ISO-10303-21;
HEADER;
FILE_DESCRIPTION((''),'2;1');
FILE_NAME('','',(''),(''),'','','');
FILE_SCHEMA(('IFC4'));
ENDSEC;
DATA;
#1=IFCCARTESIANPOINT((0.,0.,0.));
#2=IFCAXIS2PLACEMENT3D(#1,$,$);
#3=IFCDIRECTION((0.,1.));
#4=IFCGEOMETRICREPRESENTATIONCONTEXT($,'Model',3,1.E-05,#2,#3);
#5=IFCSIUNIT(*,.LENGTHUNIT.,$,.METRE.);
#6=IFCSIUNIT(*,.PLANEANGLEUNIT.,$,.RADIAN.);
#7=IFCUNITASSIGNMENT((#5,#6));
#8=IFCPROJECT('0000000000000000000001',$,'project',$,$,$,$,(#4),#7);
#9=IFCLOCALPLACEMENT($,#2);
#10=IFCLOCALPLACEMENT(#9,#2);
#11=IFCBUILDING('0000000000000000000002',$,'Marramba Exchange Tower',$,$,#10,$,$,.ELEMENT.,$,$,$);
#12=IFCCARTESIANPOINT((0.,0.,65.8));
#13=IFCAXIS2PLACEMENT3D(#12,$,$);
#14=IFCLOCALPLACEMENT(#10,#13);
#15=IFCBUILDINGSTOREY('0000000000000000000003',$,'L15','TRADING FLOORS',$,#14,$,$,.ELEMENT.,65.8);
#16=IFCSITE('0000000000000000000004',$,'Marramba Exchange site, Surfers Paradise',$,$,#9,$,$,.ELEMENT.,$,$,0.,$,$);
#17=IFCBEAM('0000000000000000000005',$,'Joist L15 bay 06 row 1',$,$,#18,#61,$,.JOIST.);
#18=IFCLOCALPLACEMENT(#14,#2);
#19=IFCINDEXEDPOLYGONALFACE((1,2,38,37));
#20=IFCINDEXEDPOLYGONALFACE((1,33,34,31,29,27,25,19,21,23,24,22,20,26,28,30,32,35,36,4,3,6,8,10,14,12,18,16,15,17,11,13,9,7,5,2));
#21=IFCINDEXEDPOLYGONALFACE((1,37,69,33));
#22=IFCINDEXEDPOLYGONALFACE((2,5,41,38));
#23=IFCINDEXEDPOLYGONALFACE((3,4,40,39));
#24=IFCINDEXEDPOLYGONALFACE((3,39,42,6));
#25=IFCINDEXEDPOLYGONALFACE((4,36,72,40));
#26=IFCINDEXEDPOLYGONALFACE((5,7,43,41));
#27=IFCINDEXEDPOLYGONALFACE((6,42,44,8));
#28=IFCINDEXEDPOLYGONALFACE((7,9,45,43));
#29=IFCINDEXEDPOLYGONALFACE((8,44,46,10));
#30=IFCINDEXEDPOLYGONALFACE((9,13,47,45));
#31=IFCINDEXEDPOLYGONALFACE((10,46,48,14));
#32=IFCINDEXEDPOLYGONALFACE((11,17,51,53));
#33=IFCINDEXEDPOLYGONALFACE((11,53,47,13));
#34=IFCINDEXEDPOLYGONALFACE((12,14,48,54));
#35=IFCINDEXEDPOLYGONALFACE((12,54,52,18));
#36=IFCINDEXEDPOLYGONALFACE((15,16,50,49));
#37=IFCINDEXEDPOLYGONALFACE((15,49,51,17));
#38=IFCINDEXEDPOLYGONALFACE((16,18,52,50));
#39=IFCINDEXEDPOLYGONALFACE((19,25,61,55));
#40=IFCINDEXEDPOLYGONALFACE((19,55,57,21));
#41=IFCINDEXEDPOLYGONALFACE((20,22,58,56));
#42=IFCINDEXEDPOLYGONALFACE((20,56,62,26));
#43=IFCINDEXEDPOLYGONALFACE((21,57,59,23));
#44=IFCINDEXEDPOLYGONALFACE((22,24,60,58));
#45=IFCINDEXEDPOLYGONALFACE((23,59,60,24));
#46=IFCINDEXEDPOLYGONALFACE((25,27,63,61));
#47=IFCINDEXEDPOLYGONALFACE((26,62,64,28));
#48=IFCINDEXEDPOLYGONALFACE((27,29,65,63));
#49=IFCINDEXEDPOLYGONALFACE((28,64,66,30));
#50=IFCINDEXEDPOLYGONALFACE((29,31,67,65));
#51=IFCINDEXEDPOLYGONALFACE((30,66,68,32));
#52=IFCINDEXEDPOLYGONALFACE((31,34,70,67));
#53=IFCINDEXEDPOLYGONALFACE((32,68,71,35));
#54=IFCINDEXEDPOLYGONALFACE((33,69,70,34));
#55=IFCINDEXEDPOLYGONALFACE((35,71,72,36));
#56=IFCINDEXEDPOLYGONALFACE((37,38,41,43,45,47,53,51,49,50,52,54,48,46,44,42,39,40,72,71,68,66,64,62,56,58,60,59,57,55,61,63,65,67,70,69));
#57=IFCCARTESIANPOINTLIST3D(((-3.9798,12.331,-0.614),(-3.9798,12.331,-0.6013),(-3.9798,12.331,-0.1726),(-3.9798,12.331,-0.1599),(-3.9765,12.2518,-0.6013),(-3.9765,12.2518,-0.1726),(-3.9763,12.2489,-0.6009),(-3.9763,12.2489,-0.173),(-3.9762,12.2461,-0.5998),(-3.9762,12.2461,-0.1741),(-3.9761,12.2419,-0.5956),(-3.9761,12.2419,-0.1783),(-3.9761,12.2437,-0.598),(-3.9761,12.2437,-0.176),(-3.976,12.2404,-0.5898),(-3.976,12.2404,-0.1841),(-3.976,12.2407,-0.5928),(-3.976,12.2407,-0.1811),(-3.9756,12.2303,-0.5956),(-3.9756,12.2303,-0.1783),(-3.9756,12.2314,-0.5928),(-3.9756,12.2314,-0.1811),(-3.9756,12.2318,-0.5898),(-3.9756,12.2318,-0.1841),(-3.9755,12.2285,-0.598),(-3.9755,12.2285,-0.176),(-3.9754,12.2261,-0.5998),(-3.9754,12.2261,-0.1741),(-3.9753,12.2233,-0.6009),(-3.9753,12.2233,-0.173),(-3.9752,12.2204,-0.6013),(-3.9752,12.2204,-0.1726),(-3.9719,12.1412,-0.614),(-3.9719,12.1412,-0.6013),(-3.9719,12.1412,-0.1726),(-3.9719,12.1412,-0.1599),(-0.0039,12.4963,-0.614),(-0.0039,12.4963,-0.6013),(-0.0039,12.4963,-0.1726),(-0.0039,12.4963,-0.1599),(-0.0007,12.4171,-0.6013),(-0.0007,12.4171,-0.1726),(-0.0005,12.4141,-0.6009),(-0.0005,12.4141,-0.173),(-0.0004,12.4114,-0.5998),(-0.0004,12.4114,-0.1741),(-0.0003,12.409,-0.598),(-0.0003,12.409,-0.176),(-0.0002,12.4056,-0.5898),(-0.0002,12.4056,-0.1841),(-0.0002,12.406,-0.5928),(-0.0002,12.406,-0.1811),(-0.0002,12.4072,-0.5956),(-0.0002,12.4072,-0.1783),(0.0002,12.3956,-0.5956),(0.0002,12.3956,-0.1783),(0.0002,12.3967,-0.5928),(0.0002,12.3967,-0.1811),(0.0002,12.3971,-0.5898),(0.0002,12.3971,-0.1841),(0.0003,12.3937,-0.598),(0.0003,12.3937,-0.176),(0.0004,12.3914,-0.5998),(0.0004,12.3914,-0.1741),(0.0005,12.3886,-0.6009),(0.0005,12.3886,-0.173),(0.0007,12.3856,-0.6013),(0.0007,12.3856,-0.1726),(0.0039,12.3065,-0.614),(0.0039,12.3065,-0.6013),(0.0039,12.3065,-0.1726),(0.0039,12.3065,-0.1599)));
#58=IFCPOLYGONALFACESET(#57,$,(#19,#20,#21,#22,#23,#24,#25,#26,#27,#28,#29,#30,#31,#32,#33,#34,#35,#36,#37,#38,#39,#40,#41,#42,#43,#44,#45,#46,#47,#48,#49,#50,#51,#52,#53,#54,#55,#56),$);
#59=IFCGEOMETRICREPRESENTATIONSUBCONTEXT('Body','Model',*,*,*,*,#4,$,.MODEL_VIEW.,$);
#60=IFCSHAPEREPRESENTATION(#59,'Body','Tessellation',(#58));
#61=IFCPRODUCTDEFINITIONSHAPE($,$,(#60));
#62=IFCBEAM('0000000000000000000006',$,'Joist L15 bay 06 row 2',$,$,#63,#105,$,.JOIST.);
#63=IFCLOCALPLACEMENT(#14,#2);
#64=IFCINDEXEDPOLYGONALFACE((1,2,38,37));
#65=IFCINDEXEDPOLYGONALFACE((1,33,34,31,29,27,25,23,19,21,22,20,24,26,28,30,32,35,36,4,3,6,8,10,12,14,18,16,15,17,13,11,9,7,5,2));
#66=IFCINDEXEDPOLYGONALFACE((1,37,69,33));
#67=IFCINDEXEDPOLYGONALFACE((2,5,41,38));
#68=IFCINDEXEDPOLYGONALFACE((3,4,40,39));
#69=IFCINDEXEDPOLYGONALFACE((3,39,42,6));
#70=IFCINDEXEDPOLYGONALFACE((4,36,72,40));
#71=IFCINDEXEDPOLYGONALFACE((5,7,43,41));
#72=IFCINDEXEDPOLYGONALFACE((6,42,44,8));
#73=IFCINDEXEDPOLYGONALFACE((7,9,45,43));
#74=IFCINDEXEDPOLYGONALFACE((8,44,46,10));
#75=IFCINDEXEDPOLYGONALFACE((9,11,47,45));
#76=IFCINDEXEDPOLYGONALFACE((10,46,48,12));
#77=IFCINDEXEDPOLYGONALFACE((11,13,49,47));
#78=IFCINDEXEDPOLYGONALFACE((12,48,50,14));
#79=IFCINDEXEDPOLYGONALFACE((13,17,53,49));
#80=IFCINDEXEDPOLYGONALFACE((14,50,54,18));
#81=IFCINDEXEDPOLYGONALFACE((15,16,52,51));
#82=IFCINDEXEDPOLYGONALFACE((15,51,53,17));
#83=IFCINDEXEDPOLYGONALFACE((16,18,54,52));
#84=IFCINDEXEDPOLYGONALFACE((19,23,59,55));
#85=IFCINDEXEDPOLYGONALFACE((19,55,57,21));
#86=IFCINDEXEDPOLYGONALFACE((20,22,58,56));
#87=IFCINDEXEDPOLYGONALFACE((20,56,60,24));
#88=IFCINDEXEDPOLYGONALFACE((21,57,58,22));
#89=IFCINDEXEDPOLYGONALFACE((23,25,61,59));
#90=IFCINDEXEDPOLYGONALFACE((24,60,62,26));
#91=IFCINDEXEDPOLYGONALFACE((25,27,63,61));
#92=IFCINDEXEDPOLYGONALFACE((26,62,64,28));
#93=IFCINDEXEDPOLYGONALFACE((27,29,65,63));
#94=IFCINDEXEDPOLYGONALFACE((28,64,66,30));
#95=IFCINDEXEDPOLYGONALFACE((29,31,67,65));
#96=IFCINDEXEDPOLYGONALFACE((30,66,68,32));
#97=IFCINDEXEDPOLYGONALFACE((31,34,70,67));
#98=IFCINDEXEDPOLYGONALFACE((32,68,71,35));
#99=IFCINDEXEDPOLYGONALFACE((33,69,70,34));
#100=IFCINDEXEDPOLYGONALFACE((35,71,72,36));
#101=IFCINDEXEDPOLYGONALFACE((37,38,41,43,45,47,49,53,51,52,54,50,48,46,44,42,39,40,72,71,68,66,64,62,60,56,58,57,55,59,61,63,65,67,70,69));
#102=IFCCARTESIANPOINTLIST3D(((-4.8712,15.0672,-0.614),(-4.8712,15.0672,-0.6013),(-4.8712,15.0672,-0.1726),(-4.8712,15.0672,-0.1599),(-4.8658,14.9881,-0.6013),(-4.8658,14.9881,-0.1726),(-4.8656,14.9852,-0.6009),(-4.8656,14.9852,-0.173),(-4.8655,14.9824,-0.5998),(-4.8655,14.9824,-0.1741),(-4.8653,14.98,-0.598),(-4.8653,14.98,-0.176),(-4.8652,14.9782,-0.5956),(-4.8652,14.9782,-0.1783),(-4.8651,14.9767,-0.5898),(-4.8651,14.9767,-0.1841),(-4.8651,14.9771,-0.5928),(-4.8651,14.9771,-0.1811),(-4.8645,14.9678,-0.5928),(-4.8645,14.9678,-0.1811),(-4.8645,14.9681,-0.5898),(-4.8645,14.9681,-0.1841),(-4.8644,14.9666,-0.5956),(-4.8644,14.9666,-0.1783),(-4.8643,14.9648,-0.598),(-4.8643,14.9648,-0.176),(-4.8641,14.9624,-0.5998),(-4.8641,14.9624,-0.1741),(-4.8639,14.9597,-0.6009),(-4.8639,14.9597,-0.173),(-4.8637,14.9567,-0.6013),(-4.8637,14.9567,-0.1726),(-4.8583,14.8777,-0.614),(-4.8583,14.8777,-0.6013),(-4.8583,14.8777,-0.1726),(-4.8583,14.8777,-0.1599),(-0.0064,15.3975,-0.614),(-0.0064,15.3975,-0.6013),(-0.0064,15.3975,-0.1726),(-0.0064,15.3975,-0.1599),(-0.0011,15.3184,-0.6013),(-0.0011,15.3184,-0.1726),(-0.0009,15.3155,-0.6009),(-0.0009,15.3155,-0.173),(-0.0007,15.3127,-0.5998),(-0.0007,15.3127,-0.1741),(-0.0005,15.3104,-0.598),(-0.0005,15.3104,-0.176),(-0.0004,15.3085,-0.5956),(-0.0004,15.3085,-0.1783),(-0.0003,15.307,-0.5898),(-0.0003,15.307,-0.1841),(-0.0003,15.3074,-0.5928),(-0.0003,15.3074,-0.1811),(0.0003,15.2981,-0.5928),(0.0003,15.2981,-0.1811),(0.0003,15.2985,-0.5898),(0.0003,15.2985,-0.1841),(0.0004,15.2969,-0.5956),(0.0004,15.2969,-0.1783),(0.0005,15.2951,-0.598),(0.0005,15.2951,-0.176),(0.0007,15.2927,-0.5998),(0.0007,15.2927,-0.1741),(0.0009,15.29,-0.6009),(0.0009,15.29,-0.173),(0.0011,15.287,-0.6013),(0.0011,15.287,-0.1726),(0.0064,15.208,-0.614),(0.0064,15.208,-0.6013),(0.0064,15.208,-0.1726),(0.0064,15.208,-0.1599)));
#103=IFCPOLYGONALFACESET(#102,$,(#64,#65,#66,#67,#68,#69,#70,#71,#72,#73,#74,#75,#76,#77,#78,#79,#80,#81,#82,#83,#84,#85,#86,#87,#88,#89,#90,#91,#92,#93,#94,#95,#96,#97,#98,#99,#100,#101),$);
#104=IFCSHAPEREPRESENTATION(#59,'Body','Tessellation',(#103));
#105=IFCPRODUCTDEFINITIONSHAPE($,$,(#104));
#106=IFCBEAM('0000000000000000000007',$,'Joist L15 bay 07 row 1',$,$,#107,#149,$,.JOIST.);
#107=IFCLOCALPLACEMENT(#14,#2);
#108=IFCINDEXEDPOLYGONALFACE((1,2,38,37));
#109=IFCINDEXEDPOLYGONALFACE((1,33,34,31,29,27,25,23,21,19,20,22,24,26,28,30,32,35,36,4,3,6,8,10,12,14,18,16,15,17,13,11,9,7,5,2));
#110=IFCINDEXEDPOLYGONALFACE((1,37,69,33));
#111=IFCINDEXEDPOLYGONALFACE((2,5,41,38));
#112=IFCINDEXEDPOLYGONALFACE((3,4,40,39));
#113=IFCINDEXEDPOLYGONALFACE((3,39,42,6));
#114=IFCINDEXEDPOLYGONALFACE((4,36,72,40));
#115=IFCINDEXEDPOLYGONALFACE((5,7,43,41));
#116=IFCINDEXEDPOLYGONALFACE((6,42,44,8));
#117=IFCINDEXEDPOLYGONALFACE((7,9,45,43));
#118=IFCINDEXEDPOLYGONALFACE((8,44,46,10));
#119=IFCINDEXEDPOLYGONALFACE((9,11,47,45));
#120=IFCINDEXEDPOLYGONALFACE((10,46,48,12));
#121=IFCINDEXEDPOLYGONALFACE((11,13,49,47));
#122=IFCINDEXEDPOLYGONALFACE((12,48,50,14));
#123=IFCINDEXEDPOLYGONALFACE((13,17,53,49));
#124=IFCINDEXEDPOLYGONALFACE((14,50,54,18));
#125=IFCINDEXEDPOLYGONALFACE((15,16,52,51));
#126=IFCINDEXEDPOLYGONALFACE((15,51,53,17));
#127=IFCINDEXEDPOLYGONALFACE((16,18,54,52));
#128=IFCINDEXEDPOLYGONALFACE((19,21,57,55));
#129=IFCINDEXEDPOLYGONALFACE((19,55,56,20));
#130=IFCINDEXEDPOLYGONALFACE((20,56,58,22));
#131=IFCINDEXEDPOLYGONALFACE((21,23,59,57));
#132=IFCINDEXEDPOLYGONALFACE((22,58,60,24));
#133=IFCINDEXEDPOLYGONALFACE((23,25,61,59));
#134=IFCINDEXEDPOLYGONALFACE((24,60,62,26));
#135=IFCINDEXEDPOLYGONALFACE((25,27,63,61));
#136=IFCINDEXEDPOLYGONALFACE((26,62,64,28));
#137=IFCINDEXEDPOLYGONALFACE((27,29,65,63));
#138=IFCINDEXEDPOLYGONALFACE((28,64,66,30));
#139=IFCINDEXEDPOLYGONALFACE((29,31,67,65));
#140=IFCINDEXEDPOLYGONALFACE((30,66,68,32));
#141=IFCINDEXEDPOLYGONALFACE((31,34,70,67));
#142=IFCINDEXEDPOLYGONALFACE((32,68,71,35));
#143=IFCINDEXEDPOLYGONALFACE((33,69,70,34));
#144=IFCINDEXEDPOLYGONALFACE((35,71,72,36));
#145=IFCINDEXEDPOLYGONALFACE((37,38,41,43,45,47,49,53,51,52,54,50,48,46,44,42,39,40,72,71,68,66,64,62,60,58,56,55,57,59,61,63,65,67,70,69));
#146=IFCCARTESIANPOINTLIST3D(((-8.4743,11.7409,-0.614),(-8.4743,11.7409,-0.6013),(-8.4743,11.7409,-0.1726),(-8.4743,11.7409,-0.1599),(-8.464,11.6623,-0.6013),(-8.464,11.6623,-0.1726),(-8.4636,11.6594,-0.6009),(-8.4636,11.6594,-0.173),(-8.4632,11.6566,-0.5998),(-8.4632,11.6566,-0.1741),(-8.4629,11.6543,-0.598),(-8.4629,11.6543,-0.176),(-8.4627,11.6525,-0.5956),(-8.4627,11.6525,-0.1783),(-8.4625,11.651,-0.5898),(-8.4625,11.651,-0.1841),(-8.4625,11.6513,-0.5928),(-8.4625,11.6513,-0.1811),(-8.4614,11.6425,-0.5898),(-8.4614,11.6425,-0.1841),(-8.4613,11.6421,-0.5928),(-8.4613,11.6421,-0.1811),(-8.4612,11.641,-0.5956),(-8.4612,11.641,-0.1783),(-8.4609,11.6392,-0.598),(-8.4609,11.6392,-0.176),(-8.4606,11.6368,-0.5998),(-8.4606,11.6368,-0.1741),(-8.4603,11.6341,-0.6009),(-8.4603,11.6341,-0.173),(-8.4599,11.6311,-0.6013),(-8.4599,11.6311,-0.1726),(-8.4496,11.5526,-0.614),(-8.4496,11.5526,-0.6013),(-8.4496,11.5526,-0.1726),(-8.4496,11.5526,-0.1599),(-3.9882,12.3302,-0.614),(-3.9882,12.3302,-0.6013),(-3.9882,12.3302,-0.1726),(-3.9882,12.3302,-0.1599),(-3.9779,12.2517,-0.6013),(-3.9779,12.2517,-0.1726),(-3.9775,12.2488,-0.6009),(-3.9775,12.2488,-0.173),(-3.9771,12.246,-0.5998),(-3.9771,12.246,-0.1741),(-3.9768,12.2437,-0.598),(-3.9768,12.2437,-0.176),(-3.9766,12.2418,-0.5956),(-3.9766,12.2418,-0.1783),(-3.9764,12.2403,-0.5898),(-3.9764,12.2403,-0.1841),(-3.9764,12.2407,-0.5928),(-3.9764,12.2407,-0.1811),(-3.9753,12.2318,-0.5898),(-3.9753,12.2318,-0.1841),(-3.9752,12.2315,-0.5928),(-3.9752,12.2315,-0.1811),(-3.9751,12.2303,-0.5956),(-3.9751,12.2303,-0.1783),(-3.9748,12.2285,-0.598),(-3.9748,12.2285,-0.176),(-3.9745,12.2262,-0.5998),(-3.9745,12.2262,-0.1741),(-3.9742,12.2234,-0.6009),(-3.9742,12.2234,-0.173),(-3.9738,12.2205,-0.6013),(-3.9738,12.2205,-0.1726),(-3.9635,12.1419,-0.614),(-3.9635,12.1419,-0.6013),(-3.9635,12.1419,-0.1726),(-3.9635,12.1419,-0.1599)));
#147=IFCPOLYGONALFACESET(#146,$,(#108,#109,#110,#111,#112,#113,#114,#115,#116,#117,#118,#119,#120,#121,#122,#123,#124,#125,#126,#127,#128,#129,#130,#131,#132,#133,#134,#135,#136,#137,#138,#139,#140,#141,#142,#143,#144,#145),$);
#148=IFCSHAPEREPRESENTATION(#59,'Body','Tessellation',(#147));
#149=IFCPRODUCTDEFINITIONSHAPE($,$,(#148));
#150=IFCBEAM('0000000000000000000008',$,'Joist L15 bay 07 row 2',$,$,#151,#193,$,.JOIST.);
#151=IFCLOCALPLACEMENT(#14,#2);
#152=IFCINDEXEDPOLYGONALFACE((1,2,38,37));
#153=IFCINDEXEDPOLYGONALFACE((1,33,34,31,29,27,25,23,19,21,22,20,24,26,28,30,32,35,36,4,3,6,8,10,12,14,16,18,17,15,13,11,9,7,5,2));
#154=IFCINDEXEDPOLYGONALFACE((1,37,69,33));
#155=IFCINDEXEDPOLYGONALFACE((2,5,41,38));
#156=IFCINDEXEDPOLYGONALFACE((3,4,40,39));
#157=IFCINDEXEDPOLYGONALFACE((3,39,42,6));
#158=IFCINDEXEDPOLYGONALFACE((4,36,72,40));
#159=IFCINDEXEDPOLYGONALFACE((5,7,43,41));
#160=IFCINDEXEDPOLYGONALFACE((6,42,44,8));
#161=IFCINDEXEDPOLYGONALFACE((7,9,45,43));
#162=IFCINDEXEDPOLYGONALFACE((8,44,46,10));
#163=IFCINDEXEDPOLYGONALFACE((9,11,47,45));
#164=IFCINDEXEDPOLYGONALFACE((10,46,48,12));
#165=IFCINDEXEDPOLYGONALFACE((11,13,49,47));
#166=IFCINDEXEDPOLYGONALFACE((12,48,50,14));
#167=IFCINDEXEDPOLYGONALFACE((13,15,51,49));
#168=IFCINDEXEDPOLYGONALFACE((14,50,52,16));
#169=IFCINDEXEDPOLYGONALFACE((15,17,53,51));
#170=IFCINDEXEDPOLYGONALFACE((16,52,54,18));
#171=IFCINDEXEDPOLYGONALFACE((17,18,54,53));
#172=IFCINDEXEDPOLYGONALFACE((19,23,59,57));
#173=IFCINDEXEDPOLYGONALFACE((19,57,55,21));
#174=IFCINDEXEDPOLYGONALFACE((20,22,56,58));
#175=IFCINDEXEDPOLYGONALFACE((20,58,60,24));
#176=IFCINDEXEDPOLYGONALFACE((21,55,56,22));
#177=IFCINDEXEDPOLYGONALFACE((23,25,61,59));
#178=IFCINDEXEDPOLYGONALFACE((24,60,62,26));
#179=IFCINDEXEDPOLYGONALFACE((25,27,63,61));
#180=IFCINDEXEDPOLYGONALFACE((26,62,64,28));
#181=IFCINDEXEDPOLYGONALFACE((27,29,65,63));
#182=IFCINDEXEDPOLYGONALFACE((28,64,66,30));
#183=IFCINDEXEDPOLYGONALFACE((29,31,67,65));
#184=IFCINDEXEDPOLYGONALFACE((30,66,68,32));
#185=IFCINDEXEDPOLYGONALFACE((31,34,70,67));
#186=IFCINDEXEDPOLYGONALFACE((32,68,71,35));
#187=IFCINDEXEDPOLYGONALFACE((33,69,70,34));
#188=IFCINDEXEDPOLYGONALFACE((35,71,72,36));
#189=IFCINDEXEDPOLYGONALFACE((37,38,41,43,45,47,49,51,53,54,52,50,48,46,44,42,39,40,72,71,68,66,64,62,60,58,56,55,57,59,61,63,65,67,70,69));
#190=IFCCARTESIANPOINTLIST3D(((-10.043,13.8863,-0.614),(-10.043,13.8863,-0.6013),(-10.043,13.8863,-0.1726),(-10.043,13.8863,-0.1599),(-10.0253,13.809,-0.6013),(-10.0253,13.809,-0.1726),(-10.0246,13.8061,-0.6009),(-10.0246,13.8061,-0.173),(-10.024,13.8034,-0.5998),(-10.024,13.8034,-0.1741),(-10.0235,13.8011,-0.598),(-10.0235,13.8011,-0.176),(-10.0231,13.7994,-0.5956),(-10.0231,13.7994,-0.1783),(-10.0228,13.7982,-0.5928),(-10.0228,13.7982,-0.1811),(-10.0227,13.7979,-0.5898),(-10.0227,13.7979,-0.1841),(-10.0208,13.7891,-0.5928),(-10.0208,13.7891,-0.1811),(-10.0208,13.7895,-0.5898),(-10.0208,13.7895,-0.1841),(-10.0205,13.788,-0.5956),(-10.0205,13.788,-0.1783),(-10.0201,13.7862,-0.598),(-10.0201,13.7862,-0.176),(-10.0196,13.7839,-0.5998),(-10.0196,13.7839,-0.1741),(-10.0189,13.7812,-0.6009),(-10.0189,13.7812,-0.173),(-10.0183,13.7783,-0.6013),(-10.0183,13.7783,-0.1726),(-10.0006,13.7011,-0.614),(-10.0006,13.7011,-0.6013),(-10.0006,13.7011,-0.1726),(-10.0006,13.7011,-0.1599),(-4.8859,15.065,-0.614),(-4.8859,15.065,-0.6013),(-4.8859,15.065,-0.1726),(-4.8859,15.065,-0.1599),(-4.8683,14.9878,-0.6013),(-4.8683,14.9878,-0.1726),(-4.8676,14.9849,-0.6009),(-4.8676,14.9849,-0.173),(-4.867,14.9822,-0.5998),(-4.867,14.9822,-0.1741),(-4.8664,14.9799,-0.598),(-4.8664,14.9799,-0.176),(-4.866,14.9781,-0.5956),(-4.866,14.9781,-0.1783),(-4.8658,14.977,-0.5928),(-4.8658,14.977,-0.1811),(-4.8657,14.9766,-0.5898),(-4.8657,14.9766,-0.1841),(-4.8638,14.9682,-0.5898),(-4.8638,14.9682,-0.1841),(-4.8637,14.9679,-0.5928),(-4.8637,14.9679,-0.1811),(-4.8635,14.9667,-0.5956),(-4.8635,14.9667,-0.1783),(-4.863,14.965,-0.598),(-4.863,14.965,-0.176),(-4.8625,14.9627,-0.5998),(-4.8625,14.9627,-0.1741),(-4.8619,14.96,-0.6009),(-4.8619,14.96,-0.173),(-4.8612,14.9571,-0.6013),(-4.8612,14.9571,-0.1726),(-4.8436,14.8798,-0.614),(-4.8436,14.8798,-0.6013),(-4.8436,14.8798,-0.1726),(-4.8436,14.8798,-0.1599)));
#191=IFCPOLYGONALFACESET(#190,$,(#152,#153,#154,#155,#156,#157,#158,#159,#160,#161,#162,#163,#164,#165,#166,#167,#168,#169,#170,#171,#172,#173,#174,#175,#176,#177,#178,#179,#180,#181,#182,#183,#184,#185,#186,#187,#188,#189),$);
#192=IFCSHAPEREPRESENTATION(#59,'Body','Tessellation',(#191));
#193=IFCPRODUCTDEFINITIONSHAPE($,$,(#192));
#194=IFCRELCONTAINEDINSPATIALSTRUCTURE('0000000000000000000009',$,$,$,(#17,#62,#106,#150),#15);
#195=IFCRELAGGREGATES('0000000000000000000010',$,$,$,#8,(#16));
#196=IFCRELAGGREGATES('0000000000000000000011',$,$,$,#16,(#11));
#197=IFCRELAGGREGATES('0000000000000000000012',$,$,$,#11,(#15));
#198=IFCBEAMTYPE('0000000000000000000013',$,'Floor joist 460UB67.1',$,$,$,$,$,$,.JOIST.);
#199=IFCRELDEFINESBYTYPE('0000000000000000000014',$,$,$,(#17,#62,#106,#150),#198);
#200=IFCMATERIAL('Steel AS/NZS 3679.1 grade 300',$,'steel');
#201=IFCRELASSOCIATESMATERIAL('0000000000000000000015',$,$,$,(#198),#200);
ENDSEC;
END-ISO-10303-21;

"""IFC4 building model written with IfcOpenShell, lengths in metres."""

from ifc_helpers import new_model, si_unit, direction, frame, origin, origin_2d, place, context, subcontext, project, spatial, i_section, extrude, material, material_profile, profile_set, type_object, element, save


model = new_model("IFC4")

# Units and contexts
model_context = context("Model", 3, precision=1e-05, world=origin(), true_north=direction((0.0, 1.0)))
body_context = subcontext(model_context, "Body", "Model", "MODEL_VIEW")
ifc_project = project(units=[si_unit("LENGTHUNIT", "METRE"), si_unit("PLANEANGLEUNIT", "RADIAN")], contexts=[model_context])

# Site, building, storey
site_placement = place(None, origin())
site = spatial("IfcSite", under=ifc_project, at=site_placement, Name="Marramba Exchange site, Surfers Paradise", CompositionType="ELEMENT", RefElevation=0.0)
building_placement = place(site_placement, origin())
building = spatial("IfcBuilding", under=site, at=building_placement, Name="Marramba Exchange Tower", CompositionType="ELEMENT")
storey_placement = place(building_placement, frame((0.0, 0.0, 65.8)))
storey = spatial("IfcBuildingStorey", under=building, at=storey_placement, Name="L15", Description="TRADING FLOORS", CompositionType="ELEMENT", Elevation=65.8)

# Beams
ifc_material_1 = material(Name="Steel AS/NZS 3679.1 grade 300", Category="steel")
ifc_material_profile_1 = material_profile(ifc_material_1, i_section(OverallWidth=0.1899, OverallDepth=0.4541, WebThickness=0.0085, FlangeThickness=0.0127, FilletRadius=0.0115, at=origin_2d()), Name="460UB67.1")
ifc_profile_set_1 = profile_set([ifc_material_profile_1], Name="Steel AS/NZS 3679.1 grade 300")
beam_type_1 = type_object("IfcBeamType", Name="Floor joist 460UB67.1", PredefinedType="JOIST", material=ifc_profile_set_1)
beam_1_placement = place(storey_placement, frame((0.0, 12.4014, -0.387), z_axis=(-0.999137, -0.041536, 0.0), x_axis=(0.041536, -0.999137, 0.0)))
element("IfcBeam", 1, at=beam_1_placement, inside=storey, type_object=beam_type_1, Name="Joist L15 bay 06 row 1", PredefinedType="JOIST", context=body_context, shape_type="SweptSolid", body=[
    extrude(i_section(OverallWidth=0.1899, OverallDepth=0.4541, WebThickness=0.0085, FlangeThickness=0.0127, FilletRadius=0.0115, at=origin_2d()), origin(), (0.0, 0.0, 1.0), 3.9792),
])
beam_2_placement = place(storey_placement, frame((0.0, 15.3027, -0.387), z_axis=(-0.997703, -0.067745, 0.0), x_axis=(0.067745, -0.997703, 0.0)))
element("IfcBeam", 2, at=beam_2_placement, inside=storey, type_object=beam_type_1, Name="Joist L15 bay 06 row 2", PredefinedType="JOIST", context=body_context, shape_type="SweptSolid", body=[
    extrude(i_section(OverallWidth=0.1899, OverallDepth=0.4541, WebThickness=0.0085, FlangeThickness=0.0127, FilletRadius=0.0115, at=origin_2d()), origin(), (0.0, 0.0, 1.0), 4.876),
])
beam_3_placement = place(storey_placement, frame((-3.9758, 12.2361, -0.387), z_axis=(-0.991481, -0.130255, 0.0), x_axis=(0.130255, -0.991481, 0.0)))
element("IfcBeam", 3, at=beam_3_placement, inside=storey, type_object=beam_type_1, Name="Joist L15 bay 07 row 1", PredefinedType="JOIST", context=body_context, shape_type="SweptSolid", body=[
    extrude(i_section(OverallWidth=0.1899, OverallDepth=0.4541, WebThickness=0.0085, FlangeThickness=0.0127, FilletRadius=0.0115, at=origin_2d()), origin(), (0.0, 0.0, 1.0), 4.5247),
])
beam_4_placement = place(storey_placement, frame((-4.8647, 14.9724, -0.387), z_axis=(-0.97486, -0.22282, 0.0), x_axis=(0.22282, -0.97486, 0.0)))
element("IfcBeam", 4, at=beam_4_placement, inside=storey, type_object=beam_type_1, Name="Joist L15 bay 07 row 2", PredefinedType="JOIST", context=body_context, shape_type="SweptSolid", body=[
    extrude(i_section(OverallWidth=0.1899, OverallDepth=0.4541, WebThickness=0.0085, FlangeThickness=0.0127, FilletRadius=0.0115, at=origin_2d()), origin(), (0.0, 0.0, 1.0), 5.29),
])

save(model, "model.ifc")
